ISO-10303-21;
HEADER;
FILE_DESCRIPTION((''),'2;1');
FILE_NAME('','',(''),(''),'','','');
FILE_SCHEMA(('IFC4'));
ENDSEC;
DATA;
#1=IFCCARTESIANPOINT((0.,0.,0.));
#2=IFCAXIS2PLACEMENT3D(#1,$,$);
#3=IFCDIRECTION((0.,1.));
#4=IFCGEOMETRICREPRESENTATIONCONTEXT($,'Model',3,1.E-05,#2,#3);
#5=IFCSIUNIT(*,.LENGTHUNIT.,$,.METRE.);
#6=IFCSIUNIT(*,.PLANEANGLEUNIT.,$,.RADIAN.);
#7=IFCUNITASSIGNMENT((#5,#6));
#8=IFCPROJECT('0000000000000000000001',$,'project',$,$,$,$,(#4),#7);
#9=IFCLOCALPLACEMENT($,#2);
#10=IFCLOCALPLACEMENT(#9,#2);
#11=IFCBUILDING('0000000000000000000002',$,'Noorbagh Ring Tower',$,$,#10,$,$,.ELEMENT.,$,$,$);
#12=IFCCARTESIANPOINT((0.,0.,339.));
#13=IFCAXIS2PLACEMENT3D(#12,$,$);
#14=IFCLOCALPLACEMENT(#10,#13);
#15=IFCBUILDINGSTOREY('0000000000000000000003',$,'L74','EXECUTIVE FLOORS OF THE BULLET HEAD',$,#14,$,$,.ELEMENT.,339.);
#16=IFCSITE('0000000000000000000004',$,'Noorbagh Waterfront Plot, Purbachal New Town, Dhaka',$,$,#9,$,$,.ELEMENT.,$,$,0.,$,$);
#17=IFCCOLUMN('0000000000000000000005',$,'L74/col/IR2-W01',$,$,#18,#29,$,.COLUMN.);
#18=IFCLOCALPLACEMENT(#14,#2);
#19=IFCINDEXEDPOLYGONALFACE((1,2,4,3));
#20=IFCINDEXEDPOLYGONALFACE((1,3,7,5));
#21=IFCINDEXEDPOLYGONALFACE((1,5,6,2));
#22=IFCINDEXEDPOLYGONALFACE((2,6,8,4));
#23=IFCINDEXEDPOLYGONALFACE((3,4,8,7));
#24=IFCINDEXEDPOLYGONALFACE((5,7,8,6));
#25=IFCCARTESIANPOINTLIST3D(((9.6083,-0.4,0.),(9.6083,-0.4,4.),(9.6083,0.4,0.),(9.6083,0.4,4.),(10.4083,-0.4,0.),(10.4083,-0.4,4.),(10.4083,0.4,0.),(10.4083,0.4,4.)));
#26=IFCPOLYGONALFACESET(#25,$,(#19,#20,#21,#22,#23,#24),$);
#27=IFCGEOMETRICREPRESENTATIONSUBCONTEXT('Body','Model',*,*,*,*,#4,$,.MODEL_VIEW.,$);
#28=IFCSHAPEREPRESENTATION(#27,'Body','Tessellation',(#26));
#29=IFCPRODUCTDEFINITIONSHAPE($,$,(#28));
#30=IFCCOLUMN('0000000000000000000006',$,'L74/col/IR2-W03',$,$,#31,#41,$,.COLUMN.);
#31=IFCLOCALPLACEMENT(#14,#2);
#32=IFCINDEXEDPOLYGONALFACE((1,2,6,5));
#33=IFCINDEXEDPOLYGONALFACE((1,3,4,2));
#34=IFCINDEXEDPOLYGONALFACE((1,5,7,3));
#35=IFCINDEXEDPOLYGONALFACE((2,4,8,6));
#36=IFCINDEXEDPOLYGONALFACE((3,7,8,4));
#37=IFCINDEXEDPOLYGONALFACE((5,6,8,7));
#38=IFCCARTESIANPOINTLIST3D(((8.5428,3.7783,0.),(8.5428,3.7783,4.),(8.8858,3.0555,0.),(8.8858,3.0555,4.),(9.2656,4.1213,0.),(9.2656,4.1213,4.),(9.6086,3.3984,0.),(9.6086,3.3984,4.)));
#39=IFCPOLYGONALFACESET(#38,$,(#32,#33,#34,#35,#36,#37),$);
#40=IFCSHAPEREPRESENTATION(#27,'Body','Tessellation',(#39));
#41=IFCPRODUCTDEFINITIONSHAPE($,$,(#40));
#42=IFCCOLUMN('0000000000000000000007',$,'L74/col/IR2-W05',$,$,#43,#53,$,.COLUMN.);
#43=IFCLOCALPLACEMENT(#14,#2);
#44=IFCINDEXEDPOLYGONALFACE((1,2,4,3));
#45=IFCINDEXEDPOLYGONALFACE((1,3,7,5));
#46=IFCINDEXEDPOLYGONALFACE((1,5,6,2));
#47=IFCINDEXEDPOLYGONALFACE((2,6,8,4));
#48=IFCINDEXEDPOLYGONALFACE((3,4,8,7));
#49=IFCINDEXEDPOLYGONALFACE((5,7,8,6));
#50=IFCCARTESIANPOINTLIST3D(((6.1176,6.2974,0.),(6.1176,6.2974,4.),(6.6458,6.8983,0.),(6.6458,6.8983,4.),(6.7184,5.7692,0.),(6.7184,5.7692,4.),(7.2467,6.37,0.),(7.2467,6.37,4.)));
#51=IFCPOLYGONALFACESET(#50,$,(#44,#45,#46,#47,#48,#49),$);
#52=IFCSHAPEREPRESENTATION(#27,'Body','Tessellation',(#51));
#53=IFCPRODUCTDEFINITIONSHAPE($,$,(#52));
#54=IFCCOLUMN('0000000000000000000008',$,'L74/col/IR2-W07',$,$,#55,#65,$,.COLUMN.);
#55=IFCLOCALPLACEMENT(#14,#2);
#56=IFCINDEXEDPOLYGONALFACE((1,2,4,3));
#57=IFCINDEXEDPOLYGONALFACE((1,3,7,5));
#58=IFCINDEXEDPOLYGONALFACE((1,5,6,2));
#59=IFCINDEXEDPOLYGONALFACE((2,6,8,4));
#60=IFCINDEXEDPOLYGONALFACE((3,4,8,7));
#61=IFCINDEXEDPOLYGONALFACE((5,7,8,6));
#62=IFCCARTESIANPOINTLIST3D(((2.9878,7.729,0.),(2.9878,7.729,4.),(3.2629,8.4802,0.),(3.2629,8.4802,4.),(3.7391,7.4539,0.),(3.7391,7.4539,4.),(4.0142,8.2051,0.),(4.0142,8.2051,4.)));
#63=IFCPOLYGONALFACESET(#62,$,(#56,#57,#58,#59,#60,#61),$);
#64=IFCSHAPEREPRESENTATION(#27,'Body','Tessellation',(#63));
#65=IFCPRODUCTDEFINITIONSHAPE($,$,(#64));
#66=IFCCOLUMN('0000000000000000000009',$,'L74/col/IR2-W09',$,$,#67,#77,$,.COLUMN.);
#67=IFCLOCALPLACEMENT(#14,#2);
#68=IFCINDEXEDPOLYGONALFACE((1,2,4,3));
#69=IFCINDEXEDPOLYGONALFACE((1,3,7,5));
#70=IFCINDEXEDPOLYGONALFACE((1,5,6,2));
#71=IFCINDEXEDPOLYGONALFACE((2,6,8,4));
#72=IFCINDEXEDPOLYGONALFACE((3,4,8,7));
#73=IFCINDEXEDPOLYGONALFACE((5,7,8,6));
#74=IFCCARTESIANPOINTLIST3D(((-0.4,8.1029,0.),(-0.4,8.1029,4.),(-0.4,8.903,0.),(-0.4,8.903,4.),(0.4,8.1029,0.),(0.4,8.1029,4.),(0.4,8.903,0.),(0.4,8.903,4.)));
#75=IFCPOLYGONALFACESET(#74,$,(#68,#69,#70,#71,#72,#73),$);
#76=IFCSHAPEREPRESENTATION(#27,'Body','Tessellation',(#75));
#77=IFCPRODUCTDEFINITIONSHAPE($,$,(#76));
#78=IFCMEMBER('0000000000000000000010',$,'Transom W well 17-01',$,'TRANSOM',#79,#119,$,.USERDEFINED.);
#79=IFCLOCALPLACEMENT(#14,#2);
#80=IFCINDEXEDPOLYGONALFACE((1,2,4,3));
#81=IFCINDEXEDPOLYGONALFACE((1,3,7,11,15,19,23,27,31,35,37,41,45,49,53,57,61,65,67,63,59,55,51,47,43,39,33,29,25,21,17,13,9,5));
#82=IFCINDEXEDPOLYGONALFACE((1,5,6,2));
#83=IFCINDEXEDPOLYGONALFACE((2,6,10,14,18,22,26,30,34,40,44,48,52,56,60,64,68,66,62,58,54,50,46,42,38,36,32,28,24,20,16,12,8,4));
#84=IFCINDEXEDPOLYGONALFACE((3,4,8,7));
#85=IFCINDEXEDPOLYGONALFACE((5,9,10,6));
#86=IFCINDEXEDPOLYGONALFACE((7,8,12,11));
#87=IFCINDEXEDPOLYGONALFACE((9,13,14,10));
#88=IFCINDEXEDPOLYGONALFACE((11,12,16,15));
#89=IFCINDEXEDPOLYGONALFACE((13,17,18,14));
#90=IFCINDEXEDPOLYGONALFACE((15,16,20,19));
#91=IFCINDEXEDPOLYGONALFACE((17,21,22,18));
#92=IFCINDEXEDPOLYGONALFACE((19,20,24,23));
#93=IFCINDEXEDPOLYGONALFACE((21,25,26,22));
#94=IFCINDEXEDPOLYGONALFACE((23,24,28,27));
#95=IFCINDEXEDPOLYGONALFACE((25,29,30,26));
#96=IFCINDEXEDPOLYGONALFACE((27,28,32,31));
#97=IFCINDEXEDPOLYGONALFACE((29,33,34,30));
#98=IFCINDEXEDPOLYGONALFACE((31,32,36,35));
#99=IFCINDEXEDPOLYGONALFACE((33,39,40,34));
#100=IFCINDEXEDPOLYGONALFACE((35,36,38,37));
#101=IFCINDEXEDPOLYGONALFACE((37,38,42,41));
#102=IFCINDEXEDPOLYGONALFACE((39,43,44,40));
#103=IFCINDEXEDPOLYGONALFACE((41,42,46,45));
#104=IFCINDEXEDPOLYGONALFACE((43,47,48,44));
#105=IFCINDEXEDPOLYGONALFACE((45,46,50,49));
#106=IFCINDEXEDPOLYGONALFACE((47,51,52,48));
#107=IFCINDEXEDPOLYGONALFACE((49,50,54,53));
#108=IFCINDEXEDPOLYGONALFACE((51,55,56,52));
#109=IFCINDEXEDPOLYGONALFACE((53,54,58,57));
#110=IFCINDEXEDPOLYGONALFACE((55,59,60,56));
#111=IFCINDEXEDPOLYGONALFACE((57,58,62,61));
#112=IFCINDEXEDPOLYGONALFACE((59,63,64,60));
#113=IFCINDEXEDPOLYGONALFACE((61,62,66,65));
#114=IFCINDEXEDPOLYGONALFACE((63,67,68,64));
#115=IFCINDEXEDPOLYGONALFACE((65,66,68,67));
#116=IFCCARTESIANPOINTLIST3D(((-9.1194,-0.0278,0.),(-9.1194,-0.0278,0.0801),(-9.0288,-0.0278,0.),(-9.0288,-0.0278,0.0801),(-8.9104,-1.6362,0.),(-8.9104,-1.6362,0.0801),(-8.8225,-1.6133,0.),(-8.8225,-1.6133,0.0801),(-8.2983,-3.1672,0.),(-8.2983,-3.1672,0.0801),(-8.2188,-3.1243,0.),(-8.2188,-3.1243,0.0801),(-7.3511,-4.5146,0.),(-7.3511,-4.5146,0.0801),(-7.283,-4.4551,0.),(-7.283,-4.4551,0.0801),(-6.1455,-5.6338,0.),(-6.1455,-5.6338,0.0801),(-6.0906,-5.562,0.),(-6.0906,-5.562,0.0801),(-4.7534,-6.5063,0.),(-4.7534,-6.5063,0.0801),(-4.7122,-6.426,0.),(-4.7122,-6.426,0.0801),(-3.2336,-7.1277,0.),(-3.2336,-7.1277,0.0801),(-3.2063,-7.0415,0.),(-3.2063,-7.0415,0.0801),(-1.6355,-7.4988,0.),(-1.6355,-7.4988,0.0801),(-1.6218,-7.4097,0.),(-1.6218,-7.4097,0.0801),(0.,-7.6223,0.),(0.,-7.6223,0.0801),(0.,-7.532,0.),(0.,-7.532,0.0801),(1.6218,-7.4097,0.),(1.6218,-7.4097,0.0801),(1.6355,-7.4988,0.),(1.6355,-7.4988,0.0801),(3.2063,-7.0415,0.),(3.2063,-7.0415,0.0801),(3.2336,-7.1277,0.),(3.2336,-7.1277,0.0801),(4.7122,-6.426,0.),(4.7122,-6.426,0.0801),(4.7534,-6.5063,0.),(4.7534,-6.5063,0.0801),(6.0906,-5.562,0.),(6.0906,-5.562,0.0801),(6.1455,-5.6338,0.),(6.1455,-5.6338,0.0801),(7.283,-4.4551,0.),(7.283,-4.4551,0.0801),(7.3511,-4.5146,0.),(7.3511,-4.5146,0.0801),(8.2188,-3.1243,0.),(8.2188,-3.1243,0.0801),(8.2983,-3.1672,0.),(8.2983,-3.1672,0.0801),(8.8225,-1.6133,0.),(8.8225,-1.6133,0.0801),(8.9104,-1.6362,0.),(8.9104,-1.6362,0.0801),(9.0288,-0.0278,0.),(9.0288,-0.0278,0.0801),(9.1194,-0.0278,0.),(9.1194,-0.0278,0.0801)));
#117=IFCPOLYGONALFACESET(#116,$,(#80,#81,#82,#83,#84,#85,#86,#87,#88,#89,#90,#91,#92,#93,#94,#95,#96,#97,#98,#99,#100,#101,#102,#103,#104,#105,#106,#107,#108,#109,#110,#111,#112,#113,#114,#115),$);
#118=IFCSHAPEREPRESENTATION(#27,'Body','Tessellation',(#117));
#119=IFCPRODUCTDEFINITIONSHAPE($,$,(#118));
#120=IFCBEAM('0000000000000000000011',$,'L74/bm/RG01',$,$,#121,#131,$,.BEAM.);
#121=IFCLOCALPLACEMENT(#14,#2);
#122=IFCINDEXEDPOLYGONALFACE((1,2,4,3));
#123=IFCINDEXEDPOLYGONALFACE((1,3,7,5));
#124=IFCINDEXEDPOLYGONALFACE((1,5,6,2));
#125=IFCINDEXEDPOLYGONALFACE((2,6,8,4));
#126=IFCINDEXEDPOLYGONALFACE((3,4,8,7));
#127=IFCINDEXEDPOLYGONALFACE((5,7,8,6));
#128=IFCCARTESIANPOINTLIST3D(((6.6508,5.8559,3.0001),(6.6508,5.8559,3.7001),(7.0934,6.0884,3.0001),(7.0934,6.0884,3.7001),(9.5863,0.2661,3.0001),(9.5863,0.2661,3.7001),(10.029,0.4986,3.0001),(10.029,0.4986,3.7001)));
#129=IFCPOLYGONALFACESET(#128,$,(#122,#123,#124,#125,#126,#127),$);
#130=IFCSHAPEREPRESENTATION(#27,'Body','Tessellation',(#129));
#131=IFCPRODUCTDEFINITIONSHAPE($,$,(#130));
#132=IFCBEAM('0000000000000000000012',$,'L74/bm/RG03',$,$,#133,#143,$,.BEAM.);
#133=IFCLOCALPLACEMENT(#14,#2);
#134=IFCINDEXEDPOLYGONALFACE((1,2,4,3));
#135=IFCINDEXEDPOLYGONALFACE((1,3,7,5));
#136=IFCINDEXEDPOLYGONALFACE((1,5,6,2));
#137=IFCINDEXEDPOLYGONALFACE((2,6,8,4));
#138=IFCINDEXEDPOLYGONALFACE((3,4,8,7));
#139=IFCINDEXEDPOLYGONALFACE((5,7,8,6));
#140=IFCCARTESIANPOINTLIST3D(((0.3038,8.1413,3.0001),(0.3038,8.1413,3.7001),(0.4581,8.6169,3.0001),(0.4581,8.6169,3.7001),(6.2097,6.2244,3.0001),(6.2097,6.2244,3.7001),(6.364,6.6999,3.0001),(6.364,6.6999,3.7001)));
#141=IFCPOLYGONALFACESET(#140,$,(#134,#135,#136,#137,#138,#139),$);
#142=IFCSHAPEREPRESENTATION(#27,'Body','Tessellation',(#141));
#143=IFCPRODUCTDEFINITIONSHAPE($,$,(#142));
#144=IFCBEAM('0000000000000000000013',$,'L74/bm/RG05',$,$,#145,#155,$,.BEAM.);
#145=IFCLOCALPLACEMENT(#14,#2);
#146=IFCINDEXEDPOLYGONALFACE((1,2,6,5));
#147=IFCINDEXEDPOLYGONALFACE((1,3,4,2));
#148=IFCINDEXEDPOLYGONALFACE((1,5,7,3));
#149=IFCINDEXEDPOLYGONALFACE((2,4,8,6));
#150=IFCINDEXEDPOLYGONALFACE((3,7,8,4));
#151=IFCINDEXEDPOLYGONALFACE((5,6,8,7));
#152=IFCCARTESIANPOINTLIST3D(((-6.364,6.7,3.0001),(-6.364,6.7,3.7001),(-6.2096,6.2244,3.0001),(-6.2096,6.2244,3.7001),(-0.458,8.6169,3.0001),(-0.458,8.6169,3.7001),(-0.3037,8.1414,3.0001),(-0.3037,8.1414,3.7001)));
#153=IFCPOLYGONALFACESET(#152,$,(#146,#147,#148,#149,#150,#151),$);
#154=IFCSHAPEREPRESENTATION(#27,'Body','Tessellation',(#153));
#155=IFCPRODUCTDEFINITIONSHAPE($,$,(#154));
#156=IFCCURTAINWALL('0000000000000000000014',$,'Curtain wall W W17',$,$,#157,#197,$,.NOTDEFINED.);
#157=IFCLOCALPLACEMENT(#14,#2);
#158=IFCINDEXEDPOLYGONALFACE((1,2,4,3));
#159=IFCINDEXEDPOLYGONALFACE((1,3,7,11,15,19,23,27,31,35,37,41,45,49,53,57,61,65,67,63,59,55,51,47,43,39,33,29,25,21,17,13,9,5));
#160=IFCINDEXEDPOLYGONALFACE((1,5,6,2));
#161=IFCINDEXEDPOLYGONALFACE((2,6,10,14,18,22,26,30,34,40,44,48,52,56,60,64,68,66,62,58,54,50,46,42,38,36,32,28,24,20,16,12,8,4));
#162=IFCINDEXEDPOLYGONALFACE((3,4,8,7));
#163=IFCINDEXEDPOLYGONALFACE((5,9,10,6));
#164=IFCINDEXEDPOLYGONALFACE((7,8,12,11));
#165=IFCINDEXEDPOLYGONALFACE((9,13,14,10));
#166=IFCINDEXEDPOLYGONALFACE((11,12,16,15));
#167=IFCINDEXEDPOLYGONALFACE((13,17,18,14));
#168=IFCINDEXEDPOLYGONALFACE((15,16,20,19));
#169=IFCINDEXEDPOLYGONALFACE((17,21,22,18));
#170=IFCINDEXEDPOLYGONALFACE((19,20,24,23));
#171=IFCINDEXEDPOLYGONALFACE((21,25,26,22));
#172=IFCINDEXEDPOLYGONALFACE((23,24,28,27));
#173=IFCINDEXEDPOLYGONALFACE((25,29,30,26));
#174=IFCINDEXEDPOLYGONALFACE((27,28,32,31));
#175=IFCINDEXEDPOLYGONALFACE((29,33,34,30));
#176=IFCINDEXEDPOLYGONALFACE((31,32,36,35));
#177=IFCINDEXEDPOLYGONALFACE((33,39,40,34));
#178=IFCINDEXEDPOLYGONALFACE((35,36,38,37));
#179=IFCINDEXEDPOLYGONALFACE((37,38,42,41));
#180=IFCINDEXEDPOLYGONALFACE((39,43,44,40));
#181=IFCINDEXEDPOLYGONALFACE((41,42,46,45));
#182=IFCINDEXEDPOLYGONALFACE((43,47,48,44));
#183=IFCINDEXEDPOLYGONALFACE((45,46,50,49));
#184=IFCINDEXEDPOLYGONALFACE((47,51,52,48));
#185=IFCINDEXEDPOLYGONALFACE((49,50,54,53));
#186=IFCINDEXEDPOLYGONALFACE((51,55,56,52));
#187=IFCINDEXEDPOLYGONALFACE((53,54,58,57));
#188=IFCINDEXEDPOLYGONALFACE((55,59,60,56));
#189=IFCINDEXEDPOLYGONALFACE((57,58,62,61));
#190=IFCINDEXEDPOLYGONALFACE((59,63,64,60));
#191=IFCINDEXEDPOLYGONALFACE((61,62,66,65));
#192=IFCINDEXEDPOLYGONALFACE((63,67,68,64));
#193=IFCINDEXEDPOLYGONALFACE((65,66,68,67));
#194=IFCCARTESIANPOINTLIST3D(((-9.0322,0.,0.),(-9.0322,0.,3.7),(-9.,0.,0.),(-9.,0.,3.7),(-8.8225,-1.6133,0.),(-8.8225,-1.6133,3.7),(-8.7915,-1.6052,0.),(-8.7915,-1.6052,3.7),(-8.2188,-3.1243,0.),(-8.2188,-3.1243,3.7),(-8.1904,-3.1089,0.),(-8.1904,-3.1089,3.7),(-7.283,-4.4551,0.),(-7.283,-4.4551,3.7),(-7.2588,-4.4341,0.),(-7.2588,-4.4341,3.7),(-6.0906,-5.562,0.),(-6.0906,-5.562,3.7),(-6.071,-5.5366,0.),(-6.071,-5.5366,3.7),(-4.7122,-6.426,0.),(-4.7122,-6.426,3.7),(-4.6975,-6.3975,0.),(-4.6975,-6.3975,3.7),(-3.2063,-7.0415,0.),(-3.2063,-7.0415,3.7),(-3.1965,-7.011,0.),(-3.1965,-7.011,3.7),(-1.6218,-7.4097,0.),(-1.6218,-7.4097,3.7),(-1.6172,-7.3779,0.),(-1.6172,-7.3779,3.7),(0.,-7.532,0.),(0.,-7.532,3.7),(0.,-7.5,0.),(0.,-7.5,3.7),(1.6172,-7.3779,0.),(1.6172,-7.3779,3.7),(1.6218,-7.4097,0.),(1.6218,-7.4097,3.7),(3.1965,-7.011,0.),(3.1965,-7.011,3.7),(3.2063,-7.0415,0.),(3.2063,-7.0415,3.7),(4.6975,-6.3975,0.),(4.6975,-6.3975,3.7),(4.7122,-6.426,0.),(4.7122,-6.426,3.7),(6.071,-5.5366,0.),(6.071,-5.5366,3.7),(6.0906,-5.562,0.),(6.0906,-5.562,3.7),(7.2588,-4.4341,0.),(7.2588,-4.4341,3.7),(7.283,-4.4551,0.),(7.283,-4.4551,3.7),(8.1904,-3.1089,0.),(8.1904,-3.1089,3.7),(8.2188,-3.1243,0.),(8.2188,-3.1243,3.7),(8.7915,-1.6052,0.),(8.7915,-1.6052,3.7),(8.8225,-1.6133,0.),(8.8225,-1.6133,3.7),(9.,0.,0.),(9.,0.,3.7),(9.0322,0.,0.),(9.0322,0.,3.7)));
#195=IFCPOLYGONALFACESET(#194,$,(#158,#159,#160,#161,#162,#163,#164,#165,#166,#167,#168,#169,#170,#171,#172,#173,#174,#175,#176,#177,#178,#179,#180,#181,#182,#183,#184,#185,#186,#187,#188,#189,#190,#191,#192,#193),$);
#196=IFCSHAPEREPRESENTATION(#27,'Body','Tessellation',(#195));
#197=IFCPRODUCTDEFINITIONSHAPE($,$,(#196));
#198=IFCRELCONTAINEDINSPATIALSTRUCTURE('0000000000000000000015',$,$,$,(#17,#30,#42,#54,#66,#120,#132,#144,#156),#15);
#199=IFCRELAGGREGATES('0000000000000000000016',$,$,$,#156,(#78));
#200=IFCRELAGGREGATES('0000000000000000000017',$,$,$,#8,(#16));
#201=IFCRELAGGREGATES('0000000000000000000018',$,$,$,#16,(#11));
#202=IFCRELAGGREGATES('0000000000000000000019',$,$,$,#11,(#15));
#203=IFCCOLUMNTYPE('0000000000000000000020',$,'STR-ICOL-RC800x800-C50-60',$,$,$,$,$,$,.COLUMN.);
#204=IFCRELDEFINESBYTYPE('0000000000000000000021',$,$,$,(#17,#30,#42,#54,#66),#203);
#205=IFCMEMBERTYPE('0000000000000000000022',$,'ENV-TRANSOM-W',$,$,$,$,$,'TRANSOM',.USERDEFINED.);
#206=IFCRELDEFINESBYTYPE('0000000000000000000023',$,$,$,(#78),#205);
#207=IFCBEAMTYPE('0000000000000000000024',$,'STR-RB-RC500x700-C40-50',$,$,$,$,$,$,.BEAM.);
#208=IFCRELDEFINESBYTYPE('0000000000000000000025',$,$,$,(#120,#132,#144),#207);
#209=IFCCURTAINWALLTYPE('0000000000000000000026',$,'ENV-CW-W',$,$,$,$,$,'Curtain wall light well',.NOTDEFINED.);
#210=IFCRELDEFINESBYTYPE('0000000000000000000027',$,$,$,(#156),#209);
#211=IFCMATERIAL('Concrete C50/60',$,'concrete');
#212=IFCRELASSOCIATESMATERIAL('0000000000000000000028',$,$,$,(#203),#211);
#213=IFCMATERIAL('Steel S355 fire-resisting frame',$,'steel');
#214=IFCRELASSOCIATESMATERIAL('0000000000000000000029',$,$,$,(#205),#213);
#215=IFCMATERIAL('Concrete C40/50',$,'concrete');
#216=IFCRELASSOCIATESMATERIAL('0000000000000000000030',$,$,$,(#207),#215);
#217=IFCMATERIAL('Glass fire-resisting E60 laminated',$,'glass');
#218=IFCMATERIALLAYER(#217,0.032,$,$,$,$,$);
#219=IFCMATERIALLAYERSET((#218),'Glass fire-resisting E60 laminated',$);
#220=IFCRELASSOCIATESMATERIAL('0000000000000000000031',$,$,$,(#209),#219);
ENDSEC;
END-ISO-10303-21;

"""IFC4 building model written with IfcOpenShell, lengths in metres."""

from ifc_helpers import new_model, si_unit, direction, frame, origin, origin_2d, place, context, subcontext, project, spatial, polyline, rectangle, outline, extrude, material, layer, layer_set, material_profile, profile_set, type_object, element, aggregate, save


model = new_model("IFC4")

# Units and contexts
model_context = context("Model", 3, precision=1e-05, world=origin(), true_north=direction((0.0, 1.0)))
body_context = subcontext(model_context, "Body", "Model", "MODEL_VIEW")
ifc_project = project(units=[si_unit("LENGTHUNIT", "METRE"), si_unit("PLANEANGLEUNIT", "RADIAN")], contexts=[model_context])

# Site, building, storey
site_placement = place(None, origin())
site = spatial("IfcSite", under=ifc_project, at=site_placement, Name="Noorbagh Waterfront Plot, Purbachal New Town, Dhaka", CompositionType="ELEMENT", RefElevation=0.0)
building_placement = place(site_placement, origin())
building = spatial("IfcBuilding", under=site, at=building_placement, Name="Noorbagh Ring Tower", CompositionType="ELEMENT")
storey_placement = place(building_placement, frame((0.0, 0.0, 339.0)))
storey = spatial("IfcBuildingStorey", under=building, at=storey_placement, Name="L74", Description="EXECUTIVE FLOORS OF THE BULLET HEAD", CompositionType="ELEMENT", Elevation=339.0)

# Columns
ifc_material_1 = material(Name="Concrete C50/60", Category="concrete")
ifc_material_profile_1 = material_profile(ifc_material_1, rectangle(XDim=0.8, YDim=0.8, at=origin_2d()), Name="RC800x800")
ifc_profile_set_1 = profile_set([ifc_material_profile_1], Name="Concrete C50/60")
column_type = type_object("IfcColumnType", Name="STR-ICOL-RC800x800-C50-60", PredefinedType="COLUMN", material=ifc_profile_set_1)
for number, where, z_axis, x_axis, name in (
    (1, (10.0083, 0.0, 0.0), (0.0, 0.0, 1.0), (0.0, 1.0, 0.0), "L74/col/IR2-W01"),
    (2, (9.0757, 3.5884, 0.0), (0.0, 0.0, 1.0), (-0.428667, 0.903463, 0.0), "L74/col/IR2-W03"),
    (3, (6.6821, 6.3337, 0.0), (0.0, 0.0, 1.0), (-0.751022, 0.660277, 0.0), "L74/col/IR2-W05"),
    (4, (3.501, 7.967, 0.0), (0.0, 0.0, 1.0), (-0.93902, 0.343864, 0.0), "L74/col/IR2-W07"),
    (5, (0.0, 8.5029, 0.0), (0.0, 0.0, 1.0), (-1.0, 0.0, 0.0), "L74/col/IR2-W09"),
):
    element("IfcColumn", number, at=place(storey_placement, frame(where, z_axis=z_axis, x_axis=x_axis)), inside=storey, type_object=column_type, Name=name, PredefinedType="COLUMN", context=body_context, shape_type="SweptSolid", body=[
        extrude(rectangle(XDim=0.8, YDim=0.8, at=origin_2d()), origin(), (0.0, 0.0, 1.0), 4.0),
    ])

# Member
ifc_material_2 = material(Name="Steel S355 fire-resisting frame", Category="steel")
member_type = type_object("IfcMemberType", Name="ENV-TRANSOM-W", ElementType="TRANSOM", PredefinedType="USERDEFINED", material=ifc_material_2)
member_placement = place(storey_placement, origin())
member = element("IfcMember", 6, at=member_placement, type_object=member_type, Name="Transom W well 17-01", ObjectType="TRANSOM", PredefinedType="USERDEFINED", context=body_context, shape_type="SweptSolid", body=[
    extrude(outline(polyline([(-9.1194, -0.0278), (-8.9104, -1.6362), (-8.2983, -3.1672), (-7.3511, -4.5146), (-6.1455, -5.6338), (-4.7534, -6.5063), (-3.2336, -7.1277), (-1.6355, -7.4988), (0.0, -7.6223), (1.6355, -7.4988), (3.2336, -7.1277), (4.7534, -6.5063), (6.1455, -5.6338), (7.3511, -4.5146), (8.2983, -3.1672), (8.9104, -1.6362), (9.1194, -0.0278), (9.0288, -0.0278), (8.8225, -1.6133), (8.2188, -3.1243), (7.283, -4.4551), (6.0906, -5.562), (4.7122, -6.426), (3.2063, -7.0415), (1.6218, -7.4097), (0.0, -7.532), (-1.6218, -7.4097), (-3.2063, -7.0415), (-4.7122, -6.426), (-6.0906, -5.562), (-7.283, -4.4551), (-8.2188, -3.1243), (-8.8225, -1.6133), (-9.0288, -0.0278), (-9.1194, -0.0278)])), origin(), (0.0, 0.0, 1.0), 0.0801),
])

# Beams
ifc_material_3 = material(Name="Concrete C40/50", Category="concrete")
ifc_material_profile_2 = material_profile(ifc_material_3, rectangle(XDim=0.5, YDim=0.7, at=origin_2d()), Name="RC500x700")
ifc_profile_set_2 = profile_set([ifc_material_profile_2], Name="Concrete C40/50")
beam_type = type_object("IfcBeamType", Name="STR-RB-RC500x700-C40-50", PredefinedType="BEAM", material=ifc_profile_set_2)
beam_placement = place(storey_placement, frame((9.8076, 0.3823, 3.3501), z_axis=(-0.464943, 0.885341, 0.0), x_axis=(-0.885341, -0.464943, 0.0)))
element("IfcBeam", 7, at=beam_placement, inside=storey, type_object=beam_type, Name="L74/bm/RG01", PredefinedType="BEAM", context=body_context, shape_type="SweptSolid", body=[
    extrude(rectangle(XDim=0.5, YDim=0.7, at=origin_2d()), origin(), (0.0, 0.0, 1.0), 6.3137),
])
for number, where, z_axis, x_axis, name in (
    (8, (6.2869, 6.4622, 3.3501), (-0.95115, 0.308728, 0.0), (-0.308728, -0.95115, 0.0), "L74/bm/RG03"),
    (9, (-0.3809, 8.3792, 3.3501), (-0.95115, -0.308728, 0.0), (0.308728, -0.95115, 0.0), "L74/bm/RG05"),
):
    element("IfcBeam", number, at=place(storey_placement, frame(where, z_axis=z_axis, x_axis=x_axis)), inside=storey, type_object=beam_type, Name=name, PredefinedType="BEAM", context=body_context, shape_type="SweptSolid", body=[
        extrude(rectangle(XDim=0.5, YDim=0.7, at=origin_2d()), origin(), (0.0, 0.0, 1.0), 6.2092),
    ])

# Curtain wall
ifc_material_4 = material(Name="Glass fire-resisting E60 laminated", Category="glass")
ifc_layer_1 = layer(ifc_material_4, 0.032)
ifc_layer_set_1 = layer_set([ifc_layer_1], Name="Glass fire-resisting E60 laminated")
curtain_wall_type = type_object("IfcCurtainWallType", Name="ENV-CW-W", ElementType="Curtain wall light well", PredefinedType="NOTDEFINED", material=ifc_layer_set_1)
curtain_wall_placement = place(storey_placement, origin())
curtain_wall = element("IfcCurtainWall", 10, at=curtain_wall_placement, inside=storey, type_object=curtain_wall_type, Name="Curtain wall W W17", PredefinedType="NOTDEFINED", context=body_context, shape_type="SweptSolid", body=[
    extrude(outline(polyline([(-9.0322, 0.0), (-8.8225, -1.6133), (-8.2188, -3.1243), (-7.283, -4.4551), (-6.0906, -5.562), (-4.7122, -6.426), (-3.2063, -7.0415), (-1.6218, -7.4097), (0.0, -7.532), (1.6218, -7.4097), (3.2063, -7.0415), (4.7122, -6.426), (6.0906, -5.562), (7.283, -4.4551), (8.2188, -3.1243), (8.8225, -1.6133), (9.0322, 0.0), (9.0, 0.0), (8.7915, -1.6052), (8.1904, -3.1089), (7.2588, -4.4341), (6.071, -5.5366), (4.6975, -6.3975), (3.1965, -7.011), (1.6172, -7.3779), (0.0, -7.5), (-1.6172, -7.3779), (-3.1965, -7.011), (-4.6975, -6.3975), (-6.071, -5.5366), (-7.2588, -4.4341), (-8.1904, -3.1089), (-8.7915, -1.6052), (-9.0, 0.0), (-9.0322, 0.0)])), origin(), (0.0, 0.0, 1.0), 3.7),
])
aggregate(curtain_wall, [member])

save(model, "model.ifc")
